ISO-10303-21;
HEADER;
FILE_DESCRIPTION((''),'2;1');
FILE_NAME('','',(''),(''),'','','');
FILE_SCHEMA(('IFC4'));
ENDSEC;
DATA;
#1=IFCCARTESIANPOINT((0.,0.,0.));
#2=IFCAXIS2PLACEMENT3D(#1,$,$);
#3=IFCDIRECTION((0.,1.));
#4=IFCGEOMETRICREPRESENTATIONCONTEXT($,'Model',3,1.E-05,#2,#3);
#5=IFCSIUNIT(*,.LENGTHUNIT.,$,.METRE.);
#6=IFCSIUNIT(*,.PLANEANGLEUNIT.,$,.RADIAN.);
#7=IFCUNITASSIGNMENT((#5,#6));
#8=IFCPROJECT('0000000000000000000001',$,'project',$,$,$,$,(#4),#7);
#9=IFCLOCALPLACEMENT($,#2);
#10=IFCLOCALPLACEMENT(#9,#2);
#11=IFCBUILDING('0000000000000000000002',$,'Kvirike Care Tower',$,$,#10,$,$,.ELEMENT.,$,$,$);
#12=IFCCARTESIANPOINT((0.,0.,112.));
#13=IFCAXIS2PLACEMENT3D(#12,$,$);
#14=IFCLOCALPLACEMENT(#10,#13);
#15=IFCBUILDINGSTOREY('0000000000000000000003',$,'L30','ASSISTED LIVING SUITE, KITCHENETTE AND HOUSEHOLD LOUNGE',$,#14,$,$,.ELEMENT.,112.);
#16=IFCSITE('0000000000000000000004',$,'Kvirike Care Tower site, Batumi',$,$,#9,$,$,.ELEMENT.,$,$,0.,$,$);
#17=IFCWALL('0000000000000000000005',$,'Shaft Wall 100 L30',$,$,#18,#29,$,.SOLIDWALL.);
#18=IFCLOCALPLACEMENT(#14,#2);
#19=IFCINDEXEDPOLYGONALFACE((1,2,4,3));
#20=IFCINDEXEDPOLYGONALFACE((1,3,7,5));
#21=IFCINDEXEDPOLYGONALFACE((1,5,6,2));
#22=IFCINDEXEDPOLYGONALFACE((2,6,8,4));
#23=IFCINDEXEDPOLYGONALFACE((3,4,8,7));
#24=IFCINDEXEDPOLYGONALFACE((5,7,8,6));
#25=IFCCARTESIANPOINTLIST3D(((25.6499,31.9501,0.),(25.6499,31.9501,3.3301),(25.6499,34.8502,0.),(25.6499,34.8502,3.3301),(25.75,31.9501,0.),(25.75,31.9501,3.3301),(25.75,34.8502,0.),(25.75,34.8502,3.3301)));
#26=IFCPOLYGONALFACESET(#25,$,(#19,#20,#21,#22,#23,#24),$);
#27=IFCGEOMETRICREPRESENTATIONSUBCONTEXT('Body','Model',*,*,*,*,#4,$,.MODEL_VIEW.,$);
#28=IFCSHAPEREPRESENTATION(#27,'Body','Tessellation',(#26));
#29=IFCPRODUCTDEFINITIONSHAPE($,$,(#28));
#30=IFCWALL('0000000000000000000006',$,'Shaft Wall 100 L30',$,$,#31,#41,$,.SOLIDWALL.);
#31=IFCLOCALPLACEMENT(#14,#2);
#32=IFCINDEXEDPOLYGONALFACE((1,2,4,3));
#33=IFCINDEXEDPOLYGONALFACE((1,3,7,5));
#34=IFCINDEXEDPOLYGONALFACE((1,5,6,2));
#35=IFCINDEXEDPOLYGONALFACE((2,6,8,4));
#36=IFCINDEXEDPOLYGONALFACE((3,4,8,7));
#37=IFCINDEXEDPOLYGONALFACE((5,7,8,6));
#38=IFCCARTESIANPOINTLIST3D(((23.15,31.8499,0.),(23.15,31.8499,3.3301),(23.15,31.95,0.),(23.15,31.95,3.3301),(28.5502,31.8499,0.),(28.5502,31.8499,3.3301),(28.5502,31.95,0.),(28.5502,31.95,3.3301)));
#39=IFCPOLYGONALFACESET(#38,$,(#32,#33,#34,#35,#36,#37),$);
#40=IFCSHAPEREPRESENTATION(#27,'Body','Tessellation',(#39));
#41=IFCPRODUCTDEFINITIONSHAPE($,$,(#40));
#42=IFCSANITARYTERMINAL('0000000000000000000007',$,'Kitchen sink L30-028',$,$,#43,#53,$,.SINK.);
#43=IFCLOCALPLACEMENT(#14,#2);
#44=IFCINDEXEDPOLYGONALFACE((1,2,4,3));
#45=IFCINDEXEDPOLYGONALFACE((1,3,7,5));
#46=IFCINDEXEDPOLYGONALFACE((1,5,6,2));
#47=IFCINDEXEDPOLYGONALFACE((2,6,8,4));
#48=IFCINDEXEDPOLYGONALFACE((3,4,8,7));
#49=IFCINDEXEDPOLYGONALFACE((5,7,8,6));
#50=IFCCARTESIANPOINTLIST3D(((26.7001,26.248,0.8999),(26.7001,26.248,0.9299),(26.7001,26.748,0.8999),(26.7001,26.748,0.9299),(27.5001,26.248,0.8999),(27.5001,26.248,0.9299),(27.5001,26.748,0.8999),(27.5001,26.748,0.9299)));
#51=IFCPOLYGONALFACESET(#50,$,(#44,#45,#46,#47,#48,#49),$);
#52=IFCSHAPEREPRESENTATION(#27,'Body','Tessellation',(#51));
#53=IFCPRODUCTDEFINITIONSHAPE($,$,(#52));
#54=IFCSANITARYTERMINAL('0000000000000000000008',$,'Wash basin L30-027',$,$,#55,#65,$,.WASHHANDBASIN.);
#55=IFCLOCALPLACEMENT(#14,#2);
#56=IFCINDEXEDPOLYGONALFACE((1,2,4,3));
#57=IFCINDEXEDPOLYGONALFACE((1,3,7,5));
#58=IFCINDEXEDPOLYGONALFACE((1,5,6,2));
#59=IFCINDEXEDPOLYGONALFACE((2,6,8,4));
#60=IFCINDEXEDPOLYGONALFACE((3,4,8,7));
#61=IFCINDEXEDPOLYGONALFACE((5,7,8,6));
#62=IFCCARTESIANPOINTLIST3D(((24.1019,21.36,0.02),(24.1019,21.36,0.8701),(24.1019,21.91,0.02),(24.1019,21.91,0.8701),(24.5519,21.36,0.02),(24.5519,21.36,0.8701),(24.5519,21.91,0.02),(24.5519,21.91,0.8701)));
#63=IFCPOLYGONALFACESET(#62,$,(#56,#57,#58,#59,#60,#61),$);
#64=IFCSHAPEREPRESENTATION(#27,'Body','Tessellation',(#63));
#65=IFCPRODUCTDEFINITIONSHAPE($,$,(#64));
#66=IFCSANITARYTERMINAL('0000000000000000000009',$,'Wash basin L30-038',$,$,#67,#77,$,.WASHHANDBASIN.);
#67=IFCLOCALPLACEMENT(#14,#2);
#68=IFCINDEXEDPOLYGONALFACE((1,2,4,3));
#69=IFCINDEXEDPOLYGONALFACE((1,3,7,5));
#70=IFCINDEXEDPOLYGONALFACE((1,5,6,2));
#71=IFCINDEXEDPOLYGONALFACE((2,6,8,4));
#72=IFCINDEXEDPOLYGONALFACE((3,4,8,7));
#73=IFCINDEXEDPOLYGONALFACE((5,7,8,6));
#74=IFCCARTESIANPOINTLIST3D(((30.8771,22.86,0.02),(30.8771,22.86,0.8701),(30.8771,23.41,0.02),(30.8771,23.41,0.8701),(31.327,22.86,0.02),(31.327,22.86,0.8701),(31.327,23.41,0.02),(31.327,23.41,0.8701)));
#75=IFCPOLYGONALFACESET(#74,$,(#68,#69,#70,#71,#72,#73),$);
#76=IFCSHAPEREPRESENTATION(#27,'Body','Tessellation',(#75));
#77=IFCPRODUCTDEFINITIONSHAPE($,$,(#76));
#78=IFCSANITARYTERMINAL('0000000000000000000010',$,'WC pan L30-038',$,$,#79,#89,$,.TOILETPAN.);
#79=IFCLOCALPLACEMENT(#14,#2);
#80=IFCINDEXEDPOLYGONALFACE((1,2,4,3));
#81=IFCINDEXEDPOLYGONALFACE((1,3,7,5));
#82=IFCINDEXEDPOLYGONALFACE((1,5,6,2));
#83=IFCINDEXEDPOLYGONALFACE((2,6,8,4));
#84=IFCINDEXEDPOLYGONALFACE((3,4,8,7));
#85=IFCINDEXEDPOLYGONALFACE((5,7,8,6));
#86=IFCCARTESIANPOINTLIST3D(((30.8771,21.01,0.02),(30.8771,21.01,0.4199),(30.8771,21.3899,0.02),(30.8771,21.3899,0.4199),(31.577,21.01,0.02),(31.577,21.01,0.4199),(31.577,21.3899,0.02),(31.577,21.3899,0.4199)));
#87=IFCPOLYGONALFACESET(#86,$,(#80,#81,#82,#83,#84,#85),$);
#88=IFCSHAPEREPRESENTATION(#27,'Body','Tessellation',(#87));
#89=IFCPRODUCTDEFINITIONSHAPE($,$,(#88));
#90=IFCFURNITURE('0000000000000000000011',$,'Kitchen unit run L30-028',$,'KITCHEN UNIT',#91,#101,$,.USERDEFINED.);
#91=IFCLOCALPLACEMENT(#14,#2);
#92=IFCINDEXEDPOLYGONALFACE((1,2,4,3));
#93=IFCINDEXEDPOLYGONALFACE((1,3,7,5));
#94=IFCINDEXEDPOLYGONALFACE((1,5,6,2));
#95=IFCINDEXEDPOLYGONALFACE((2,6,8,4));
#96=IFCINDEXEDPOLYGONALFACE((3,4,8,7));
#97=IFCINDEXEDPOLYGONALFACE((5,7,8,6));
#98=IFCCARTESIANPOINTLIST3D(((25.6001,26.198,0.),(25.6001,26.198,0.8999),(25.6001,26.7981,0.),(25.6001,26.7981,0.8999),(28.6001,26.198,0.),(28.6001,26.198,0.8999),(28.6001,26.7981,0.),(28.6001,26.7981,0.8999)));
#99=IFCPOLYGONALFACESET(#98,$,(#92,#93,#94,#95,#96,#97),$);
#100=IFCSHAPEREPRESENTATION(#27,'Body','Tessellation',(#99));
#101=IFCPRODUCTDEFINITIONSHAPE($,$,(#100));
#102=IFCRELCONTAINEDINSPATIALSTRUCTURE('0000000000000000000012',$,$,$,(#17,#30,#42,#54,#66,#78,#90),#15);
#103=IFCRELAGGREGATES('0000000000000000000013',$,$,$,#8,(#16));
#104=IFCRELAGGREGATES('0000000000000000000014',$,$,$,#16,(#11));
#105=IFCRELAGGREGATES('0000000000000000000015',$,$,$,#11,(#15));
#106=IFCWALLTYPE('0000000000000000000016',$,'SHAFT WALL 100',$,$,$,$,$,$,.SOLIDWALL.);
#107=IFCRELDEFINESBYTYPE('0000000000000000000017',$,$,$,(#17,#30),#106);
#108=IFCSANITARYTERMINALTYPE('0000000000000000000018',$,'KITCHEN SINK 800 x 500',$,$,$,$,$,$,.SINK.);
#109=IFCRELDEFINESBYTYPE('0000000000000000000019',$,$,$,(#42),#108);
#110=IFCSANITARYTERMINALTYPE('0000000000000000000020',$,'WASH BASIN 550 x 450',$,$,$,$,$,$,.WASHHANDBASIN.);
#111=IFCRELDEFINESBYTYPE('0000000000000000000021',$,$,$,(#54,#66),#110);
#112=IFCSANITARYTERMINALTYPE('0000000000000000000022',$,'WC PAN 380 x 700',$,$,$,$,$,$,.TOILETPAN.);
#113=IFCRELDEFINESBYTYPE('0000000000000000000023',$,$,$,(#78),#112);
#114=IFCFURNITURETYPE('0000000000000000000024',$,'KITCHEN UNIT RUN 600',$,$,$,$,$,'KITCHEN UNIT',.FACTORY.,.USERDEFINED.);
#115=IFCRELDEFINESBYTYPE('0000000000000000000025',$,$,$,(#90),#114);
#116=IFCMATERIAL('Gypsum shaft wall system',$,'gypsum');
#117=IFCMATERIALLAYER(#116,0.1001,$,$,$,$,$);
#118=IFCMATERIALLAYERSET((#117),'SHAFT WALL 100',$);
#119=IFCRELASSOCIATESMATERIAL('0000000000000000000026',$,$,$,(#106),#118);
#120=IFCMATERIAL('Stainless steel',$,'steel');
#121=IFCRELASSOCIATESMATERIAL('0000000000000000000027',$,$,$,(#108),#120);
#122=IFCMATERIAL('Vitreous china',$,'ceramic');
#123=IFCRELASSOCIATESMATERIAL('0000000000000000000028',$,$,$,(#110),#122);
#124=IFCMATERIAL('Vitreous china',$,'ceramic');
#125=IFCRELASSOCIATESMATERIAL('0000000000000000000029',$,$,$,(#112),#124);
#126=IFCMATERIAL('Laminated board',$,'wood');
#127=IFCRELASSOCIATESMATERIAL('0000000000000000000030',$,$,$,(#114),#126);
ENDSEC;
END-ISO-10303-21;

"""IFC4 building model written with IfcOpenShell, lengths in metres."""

from ifc_helpers import new_model, si_unit, direction, frame, frame_2d, origin, origin_2d, place, context, subcontext, project, spatial, rectangle, extrude, material, layer, layer_set, type_object, element, save


model = new_model("IFC4")

# Units and contexts
model_context = context("Model", 3, precision=1e-05, world=origin(), true_north=direction((0.0, 1.0)))
body_context = subcontext(model_context, "Body", "Model", "MODEL_VIEW")
ifc_project = project(units=[si_unit("LENGTHUNIT", "METRE"), si_unit("PLANEANGLEUNIT", "RADIAN")], contexts=[model_context])

# Site, building, storey
site_placement = place(None, origin())
site = spatial("IfcSite", under=ifc_project, at=site_placement, Name="Kvirike Care Tower site, Batumi", CompositionType="ELEMENT", RefElevation=0.0)
building_placement = place(site_placement, origin())
building = spatial("IfcBuilding", under=site, at=building_placement, Name="Kvirike Care Tower", CompositionType="ELEMENT")
storey_placement = place(building_placement, frame((0.0, 0.0, 112.0)))
storey = spatial("IfcBuildingStorey", under=building, at=storey_placement, Name="L30", Description="ASSISTED LIVING SUITE, KITCHENETTE AND HOUSEHOLD LOUNGE", CompositionType="ELEMENT", Elevation=112.0)

# Walls
ifc_material_1 = material(Name="Gypsum shaft wall system", Category="gypsum")
ifc_layer_1 = layer(ifc_material_1, 0.1001)
ifc_layer_set_1 = layer_set([ifc_layer_1], Name="SHAFT WALL 100")
wall_type_1 = type_object("IfcWallType", Name="SHAFT WALL 100", PredefinedType="SOLIDWALL", material=ifc_layer_set_1)
wall_1_placement = place(storey_placement, frame((25.7, 31.95, 0.0), z_axis=(0.0, 0.0, 1.0), x_axis=(0.0, 1.0, 0.0)))
element("IfcWall", 1, at=wall_1_placement, inside=storey, type_object=wall_type_1, Name="Shaft Wall 100 L30", PredefinedType="SOLIDWALL", context=body_context, shape_type="SweptSolid", body=[
    extrude(rectangle(XDim=2.9001, YDim=0.1001, at=frame_2d((1.4502, 0.0))), origin(), (0.0, 0.0, 1.0), 3.3301),
])
wall_2_placement = place(storey_placement, frame((23.1499, 31.8999, 0.0), z_axis=(0.0, 0.0, 1.0), x_axis=(1.0, 0.0, 0.0)))
element("IfcWall", 2, at=wall_2_placement, inside=storey, type_object=wall_type_1, Name="Shaft Wall 100 L30", PredefinedType="SOLIDWALL", context=body_context, shape_type="SweptSolid", body=[
    extrude(rectangle(XDim=5.4001, YDim=0.1001, at=frame_2d((2.7002, 0.0))), origin(), (0.0, 0.0, 1.0), 3.3301),
])

# Sanitary terminals
ifc_material_2 = material(Name="Stainless steel", Category="steel")
sanitary_terminal_type_1 = type_object("IfcSanitaryTerminalType", Name="KITCHEN SINK 800 x 500", PredefinedType="SINK", material=ifc_material_2)
sanitary_terminal_1_placement = place(storey_placement, frame((27.1001, 26.498, 0.8999), z_axis=(0.0, 0.0, 1.0), x_axis=(1.0, 0.0, 0.0)))
element("IfcSanitaryTerminal", 3, at=sanitary_terminal_1_placement, inside=storey, type_object=sanitary_terminal_type_1, Name="Kitchen sink L30-028", PredefinedType="SINK", context=body_context, shape_type="SweptSolid", body=[
    extrude(rectangle(XDim=0.8, YDim=0.5, at=origin_2d()), origin(), (0.0, 0.0, 1.0), 0.03),
])
ifc_material_3 = material(Name="Vitreous china", Category="ceramic")
sanitary_terminal_type_2 = type_object("IfcSanitaryTerminalType", Name="WASH BASIN 550 x 450", PredefinedType="WASHHANDBASIN", material=ifc_material_3)
for number, where, z_axis, x_axis, name in (
    (4, (24.3269, 21.635, 0.02), (0.0, 0.0, 1.0), (0.0, 1.0, 0.0), "Wash basin L30-027"),
    (5, (31.1021, 23.135, 0.02), (0.0, 0.0, 1.0), (0.0, 1.0, 0.0), "Wash basin L30-038"),
):
    element("IfcSanitaryTerminal", number, at=place(storey_placement, frame(where, z_axis=z_axis, x_axis=x_axis)), inside=storey, type_object=sanitary_terminal_type_2, Name=name, PredefinedType="WASHHANDBASIN", context=body_context, shape_type="SweptSolid", body=[
        extrude(rectangle(XDim=0.55, YDim=0.45, at=origin_2d()), origin(), (0.0, 0.0, 1.0), 0.8501),
    ])
ifc_material_4 = material(Name="Vitreous china", Category="ceramic")
sanitary_terminal_type_3 = type_object("IfcSanitaryTerminalType", Name="WC PAN 380 x 700", PredefinedType="TOILETPAN", material=ifc_material_4)
sanitary_terminal_2_placement = place(storey_placement, frame((31.2271, 21.2, 0.02), z_axis=(0.0, 0.0, 1.0), x_axis=(0.0, 1.0, 0.0)))
element("IfcSanitaryTerminal", 6, at=sanitary_terminal_2_placement, inside=storey, type_object=sanitary_terminal_type_3, Name="WC pan L30-038", PredefinedType="TOILETPAN", context=body_context, shape_type="SweptSolid", body=[
    extrude(rectangle(XDim=0.3799, YDim=0.7, at=origin_2d()), origin(), (0.0, 0.0, 1.0), 0.3999),
])

# Furniture
ifc_material_5 = material(Name="Laminated board", Category="wood")
furniture_type = type_object("IfcFurnitureType", Name="KITCHEN UNIT RUN 600", ElementType="KITCHEN UNIT", AssemblyPlace="FACTORY", PredefinedType="USERDEFINED", material=ifc_material_5)
furniture_placement = place(storey_placement, frame((27.1001, 26.498, 0.0), z_axis=(0.0, 0.0, 1.0), x_axis=(1.0, 0.0, 0.0)))
element("IfcFurniture", 7, at=furniture_placement, inside=storey, type_object=furniture_type, Name="Kitchen unit run L30-028", ObjectType="KITCHEN UNIT", PredefinedType="USERDEFINED", context=body_context, shape_type="SweptSolid", body=[
    extrude(rectangle(XDim=3.0, YDim=0.6001, at=origin_2d()), origin(), (0.0, 0.0, 1.0), 0.8999),
])

save(model, "model.ifc")
